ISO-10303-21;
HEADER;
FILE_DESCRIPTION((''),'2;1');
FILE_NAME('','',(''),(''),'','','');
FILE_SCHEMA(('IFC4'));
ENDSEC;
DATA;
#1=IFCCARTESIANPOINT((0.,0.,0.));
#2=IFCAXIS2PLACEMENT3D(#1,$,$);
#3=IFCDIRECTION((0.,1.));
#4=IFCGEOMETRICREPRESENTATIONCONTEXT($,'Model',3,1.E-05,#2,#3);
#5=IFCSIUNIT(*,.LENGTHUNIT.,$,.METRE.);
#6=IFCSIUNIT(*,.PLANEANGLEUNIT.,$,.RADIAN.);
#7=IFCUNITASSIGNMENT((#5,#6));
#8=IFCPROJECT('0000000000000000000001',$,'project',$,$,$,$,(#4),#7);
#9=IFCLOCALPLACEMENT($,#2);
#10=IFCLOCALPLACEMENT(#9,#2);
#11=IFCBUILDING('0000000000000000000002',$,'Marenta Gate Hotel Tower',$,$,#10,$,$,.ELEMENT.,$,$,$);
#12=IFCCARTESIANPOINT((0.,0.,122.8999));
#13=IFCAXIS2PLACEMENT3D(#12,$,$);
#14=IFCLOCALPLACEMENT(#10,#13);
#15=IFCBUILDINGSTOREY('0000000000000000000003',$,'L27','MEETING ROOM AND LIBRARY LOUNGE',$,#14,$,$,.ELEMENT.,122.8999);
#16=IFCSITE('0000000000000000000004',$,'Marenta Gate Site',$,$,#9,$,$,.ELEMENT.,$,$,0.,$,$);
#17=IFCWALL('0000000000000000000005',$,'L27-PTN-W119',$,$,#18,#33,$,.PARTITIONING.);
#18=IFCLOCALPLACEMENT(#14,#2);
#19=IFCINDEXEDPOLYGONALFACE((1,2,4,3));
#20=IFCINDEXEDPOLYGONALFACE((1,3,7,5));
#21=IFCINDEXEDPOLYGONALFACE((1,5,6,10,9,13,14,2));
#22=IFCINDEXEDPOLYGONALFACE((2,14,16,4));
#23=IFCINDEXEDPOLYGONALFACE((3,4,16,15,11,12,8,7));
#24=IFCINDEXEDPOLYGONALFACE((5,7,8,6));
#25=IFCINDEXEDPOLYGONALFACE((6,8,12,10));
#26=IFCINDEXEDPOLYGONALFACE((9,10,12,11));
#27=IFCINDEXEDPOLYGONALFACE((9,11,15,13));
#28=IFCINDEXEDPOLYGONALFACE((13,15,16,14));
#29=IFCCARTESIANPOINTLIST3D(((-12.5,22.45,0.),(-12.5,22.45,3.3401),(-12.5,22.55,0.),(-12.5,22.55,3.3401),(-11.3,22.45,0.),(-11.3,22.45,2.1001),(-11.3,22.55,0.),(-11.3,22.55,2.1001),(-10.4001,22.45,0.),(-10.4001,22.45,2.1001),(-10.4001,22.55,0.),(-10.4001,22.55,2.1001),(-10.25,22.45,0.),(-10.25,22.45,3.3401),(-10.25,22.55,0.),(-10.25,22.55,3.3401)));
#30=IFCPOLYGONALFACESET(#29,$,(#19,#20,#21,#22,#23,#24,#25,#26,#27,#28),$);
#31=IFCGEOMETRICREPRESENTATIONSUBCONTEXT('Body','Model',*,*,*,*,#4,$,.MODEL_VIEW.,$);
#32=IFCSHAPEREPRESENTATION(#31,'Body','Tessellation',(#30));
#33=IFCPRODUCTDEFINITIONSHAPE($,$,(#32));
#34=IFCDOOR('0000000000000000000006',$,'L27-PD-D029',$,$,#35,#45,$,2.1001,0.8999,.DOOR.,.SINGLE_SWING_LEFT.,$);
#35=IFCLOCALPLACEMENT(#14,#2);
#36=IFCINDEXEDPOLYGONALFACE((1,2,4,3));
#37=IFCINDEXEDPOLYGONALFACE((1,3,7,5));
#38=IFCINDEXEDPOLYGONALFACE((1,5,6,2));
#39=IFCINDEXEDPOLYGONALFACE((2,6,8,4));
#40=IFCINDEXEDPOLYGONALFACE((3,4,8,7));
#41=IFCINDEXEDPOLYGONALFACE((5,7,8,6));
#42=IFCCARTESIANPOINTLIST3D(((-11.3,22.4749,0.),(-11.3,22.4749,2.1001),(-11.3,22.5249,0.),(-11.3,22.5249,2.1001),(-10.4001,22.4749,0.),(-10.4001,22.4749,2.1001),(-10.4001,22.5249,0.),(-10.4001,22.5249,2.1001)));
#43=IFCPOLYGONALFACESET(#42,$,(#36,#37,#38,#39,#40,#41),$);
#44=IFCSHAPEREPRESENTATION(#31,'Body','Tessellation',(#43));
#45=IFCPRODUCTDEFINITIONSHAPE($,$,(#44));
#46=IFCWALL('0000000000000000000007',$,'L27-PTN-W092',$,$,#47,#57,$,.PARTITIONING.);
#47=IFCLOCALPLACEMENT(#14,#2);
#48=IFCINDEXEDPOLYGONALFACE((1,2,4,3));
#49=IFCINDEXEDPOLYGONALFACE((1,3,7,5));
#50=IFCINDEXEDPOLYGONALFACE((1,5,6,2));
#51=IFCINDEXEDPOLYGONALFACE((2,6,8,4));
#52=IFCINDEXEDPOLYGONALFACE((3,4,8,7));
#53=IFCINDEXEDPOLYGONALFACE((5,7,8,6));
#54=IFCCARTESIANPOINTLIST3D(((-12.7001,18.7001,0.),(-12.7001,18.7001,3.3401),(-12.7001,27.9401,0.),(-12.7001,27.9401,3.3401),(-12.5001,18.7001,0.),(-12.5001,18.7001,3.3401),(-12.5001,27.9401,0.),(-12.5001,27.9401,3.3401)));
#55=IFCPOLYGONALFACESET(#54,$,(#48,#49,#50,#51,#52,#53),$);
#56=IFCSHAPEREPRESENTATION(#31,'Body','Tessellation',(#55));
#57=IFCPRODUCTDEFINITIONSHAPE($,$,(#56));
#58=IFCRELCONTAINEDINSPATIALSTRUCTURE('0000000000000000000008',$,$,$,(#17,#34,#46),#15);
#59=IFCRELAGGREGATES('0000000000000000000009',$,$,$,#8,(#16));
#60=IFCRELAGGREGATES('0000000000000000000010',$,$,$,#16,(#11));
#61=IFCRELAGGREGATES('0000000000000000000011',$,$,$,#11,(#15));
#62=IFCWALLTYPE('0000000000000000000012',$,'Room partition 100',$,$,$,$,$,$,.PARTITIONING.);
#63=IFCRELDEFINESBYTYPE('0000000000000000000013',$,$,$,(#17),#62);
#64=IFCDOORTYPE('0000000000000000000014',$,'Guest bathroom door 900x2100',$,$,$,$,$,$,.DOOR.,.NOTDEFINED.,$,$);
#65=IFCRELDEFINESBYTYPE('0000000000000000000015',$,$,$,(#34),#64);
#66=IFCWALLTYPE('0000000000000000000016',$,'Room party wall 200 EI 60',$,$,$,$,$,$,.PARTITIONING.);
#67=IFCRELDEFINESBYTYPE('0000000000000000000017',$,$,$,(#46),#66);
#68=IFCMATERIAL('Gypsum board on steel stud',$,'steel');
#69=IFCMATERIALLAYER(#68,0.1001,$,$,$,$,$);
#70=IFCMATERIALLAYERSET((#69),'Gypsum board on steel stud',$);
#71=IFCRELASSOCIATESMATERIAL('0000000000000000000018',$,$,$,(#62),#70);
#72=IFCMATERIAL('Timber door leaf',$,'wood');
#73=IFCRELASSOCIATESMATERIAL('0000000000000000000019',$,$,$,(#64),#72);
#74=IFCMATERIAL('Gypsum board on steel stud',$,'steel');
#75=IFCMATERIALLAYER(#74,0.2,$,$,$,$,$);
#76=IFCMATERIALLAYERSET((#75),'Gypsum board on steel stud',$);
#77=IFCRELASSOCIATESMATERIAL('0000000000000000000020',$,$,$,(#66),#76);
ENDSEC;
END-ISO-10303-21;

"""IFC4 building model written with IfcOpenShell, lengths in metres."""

from ifc_helpers import new_model, si_unit, direction, frame, frame_2d, origin, place, context, subcontext, project, spatial, rectangle, extrude, material, layer, layer_set, type_object, element, fill, save


model = new_model("IFC4")

# Units and contexts
model_context = context("Model", 3, precision=1e-05, world=origin(), true_north=direction((0.0, 1.0)))
body_context = subcontext(model_context, "Body", "Model", "MODEL_VIEW")
ifc_project = project(units=[si_unit("LENGTHUNIT", "METRE"), si_unit("PLANEANGLEUNIT", "RADIAN")], contexts=[model_context])

# Site, building, storey
site_placement = place(None, origin())
site = spatial("IfcSite", under=ifc_project, at=site_placement, Name="Marenta Gate Site", CompositionType="ELEMENT", RefElevation=0.0)
building_placement = place(site_placement, origin())
building = spatial("IfcBuilding", under=site, at=building_placement, Name="Marenta Gate Hotel Tower", CompositionType="ELEMENT")
storey_placement = place(building_placement, frame((0.0, 0.0, 122.8999)))
storey = spatial("IfcBuildingStorey", under=building, at=storey_placement, Name="L27", Description="MEETING ROOM AND LIBRARY LOUNGE", CompositionType="ELEMENT", Elevation=122.8999)

# Shared definitions
ifc_material_1 = material(Name="Gypsum board on steel stud", Category="steel")
ifc_layer_1 = layer(ifc_material_1, 0.1001)
ifc_layer_set_1 = layer_set([ifc_layer_1], Name="Gypsum board on steel stud")
wall_type_1 = type_object("IfcWallType", Name="Room partition 100", PredefinedType="PARTITIONING", material=ifc_layer_set_1)

# Wall, opening, door
ifc_material_2 = material(Name="Timber door leaf", Category="wood")
door_type_1 = type_object("IfcDoorType", Name="Guest bathroom door 900x2100", OperationType="NOTDEFINED", PredefinedType="DOOR", material=ifc_material_2)
wall_1_placement = place(storey_placement, frame((-12.5, 22.5, 0.0), z_axis=(0.0, 0.0, 1.0), x_axis=(1.0, 0.0, 0.0)))
wall_1 = element("IfcWall", 1, at=wall_1_placement, inside=storey, type_object=wall_type_1, Name="L27-PTN-W119", PredefinedType="PARTITIONING", context=body_context, shape_type="SweptSolid", body=[
    extrude(rectangle(XDim=2.25, YDim=0.1001, at=frame_2d((1.125, 0.0))), origin(), (0.0, 0.0, 1.0), 3.3401),
])
opening_1_placement = place(wall_1_placement, frame((1.2, 0.0, 0.0)))
opening_1 = element("IfcOpeningElement", 2, at=opening_1_placement, cuts=wall_1, PredefinedType="OPENING", context=body_context, shape_type="SweptSolid", body=[
    extrude(rectangle(XDim=0.8999, YDim=2.1001, at=frame_2d((0.45, 1.05))), frame((0.0, 0.05, 0.0), z_axis=(0.0, -1.0, 0.0), x_axis=(1.0, 0.0, 0.0)), (0.0, 0.0, 1.0), 0.1001),
])
door_1_placement = place(opening_1_placement, origin())
door_1 = element("IfcDoor", 3, at=door_1_placement, inside=storey, type_object=door_type_1, Name="L27-PD-D029", OperationType="SINGLE_SWING_LEFT", OverallHeight=2.1001, OverallWidth=0.8999, PredefinedType="DOOR", context=body_context, shape_type="SweptSolid", body=[
    extrude(rectangle(XDim=0.8999, YDim=2.1001, at=frame_2d((0.45, 1.05))), frame((0.0, 0.0249, 0.0), z_axis=(0.0, -1.0, 0.0), x_axis=(1.0, 0.0, 0.0)), (0.0, 0.0, 1.0), 0.05),
])
fill(opening_1, door_1)

# Wall
ifc_material_3 = material(Name="Gypsum board on steel stud", Category="steel")
ifc_layer_2 = layer(ifc_material_3, 0.2)
ifc_layer_set_2 = layer_set([ifc_layer_2], Name="Gypsum board on steel stud")
wall_type_2 = type_object("IfcWallType", Name="Room party wall 200 EI 60", PredefinedType="PARTITIONING", material=ifc_layer_set_2)
wall_2_placement = place(storey_placement, frame((-12.6001, 18.7, 0.0), z_axis=(0.0, 0.0, 1.0), x_axis=(0.0, 1.0, 0.0)))
element("IfcWall", 4, at=wall_2_placement, inside=storey, type_object=wall_type_2, Name="L27-PTN-W092", PredefinedType="PARTITIONING", context=body_context, shape_type="SweptSolid", body=[
    extrude(rectangle(XDim=9.24, YDim=0.2, at=frame_2d((4.6201, 0.0))), origin(), (0.0, 0.0, 1.0), 3.3401),
])

save(model, "model.ifc")
